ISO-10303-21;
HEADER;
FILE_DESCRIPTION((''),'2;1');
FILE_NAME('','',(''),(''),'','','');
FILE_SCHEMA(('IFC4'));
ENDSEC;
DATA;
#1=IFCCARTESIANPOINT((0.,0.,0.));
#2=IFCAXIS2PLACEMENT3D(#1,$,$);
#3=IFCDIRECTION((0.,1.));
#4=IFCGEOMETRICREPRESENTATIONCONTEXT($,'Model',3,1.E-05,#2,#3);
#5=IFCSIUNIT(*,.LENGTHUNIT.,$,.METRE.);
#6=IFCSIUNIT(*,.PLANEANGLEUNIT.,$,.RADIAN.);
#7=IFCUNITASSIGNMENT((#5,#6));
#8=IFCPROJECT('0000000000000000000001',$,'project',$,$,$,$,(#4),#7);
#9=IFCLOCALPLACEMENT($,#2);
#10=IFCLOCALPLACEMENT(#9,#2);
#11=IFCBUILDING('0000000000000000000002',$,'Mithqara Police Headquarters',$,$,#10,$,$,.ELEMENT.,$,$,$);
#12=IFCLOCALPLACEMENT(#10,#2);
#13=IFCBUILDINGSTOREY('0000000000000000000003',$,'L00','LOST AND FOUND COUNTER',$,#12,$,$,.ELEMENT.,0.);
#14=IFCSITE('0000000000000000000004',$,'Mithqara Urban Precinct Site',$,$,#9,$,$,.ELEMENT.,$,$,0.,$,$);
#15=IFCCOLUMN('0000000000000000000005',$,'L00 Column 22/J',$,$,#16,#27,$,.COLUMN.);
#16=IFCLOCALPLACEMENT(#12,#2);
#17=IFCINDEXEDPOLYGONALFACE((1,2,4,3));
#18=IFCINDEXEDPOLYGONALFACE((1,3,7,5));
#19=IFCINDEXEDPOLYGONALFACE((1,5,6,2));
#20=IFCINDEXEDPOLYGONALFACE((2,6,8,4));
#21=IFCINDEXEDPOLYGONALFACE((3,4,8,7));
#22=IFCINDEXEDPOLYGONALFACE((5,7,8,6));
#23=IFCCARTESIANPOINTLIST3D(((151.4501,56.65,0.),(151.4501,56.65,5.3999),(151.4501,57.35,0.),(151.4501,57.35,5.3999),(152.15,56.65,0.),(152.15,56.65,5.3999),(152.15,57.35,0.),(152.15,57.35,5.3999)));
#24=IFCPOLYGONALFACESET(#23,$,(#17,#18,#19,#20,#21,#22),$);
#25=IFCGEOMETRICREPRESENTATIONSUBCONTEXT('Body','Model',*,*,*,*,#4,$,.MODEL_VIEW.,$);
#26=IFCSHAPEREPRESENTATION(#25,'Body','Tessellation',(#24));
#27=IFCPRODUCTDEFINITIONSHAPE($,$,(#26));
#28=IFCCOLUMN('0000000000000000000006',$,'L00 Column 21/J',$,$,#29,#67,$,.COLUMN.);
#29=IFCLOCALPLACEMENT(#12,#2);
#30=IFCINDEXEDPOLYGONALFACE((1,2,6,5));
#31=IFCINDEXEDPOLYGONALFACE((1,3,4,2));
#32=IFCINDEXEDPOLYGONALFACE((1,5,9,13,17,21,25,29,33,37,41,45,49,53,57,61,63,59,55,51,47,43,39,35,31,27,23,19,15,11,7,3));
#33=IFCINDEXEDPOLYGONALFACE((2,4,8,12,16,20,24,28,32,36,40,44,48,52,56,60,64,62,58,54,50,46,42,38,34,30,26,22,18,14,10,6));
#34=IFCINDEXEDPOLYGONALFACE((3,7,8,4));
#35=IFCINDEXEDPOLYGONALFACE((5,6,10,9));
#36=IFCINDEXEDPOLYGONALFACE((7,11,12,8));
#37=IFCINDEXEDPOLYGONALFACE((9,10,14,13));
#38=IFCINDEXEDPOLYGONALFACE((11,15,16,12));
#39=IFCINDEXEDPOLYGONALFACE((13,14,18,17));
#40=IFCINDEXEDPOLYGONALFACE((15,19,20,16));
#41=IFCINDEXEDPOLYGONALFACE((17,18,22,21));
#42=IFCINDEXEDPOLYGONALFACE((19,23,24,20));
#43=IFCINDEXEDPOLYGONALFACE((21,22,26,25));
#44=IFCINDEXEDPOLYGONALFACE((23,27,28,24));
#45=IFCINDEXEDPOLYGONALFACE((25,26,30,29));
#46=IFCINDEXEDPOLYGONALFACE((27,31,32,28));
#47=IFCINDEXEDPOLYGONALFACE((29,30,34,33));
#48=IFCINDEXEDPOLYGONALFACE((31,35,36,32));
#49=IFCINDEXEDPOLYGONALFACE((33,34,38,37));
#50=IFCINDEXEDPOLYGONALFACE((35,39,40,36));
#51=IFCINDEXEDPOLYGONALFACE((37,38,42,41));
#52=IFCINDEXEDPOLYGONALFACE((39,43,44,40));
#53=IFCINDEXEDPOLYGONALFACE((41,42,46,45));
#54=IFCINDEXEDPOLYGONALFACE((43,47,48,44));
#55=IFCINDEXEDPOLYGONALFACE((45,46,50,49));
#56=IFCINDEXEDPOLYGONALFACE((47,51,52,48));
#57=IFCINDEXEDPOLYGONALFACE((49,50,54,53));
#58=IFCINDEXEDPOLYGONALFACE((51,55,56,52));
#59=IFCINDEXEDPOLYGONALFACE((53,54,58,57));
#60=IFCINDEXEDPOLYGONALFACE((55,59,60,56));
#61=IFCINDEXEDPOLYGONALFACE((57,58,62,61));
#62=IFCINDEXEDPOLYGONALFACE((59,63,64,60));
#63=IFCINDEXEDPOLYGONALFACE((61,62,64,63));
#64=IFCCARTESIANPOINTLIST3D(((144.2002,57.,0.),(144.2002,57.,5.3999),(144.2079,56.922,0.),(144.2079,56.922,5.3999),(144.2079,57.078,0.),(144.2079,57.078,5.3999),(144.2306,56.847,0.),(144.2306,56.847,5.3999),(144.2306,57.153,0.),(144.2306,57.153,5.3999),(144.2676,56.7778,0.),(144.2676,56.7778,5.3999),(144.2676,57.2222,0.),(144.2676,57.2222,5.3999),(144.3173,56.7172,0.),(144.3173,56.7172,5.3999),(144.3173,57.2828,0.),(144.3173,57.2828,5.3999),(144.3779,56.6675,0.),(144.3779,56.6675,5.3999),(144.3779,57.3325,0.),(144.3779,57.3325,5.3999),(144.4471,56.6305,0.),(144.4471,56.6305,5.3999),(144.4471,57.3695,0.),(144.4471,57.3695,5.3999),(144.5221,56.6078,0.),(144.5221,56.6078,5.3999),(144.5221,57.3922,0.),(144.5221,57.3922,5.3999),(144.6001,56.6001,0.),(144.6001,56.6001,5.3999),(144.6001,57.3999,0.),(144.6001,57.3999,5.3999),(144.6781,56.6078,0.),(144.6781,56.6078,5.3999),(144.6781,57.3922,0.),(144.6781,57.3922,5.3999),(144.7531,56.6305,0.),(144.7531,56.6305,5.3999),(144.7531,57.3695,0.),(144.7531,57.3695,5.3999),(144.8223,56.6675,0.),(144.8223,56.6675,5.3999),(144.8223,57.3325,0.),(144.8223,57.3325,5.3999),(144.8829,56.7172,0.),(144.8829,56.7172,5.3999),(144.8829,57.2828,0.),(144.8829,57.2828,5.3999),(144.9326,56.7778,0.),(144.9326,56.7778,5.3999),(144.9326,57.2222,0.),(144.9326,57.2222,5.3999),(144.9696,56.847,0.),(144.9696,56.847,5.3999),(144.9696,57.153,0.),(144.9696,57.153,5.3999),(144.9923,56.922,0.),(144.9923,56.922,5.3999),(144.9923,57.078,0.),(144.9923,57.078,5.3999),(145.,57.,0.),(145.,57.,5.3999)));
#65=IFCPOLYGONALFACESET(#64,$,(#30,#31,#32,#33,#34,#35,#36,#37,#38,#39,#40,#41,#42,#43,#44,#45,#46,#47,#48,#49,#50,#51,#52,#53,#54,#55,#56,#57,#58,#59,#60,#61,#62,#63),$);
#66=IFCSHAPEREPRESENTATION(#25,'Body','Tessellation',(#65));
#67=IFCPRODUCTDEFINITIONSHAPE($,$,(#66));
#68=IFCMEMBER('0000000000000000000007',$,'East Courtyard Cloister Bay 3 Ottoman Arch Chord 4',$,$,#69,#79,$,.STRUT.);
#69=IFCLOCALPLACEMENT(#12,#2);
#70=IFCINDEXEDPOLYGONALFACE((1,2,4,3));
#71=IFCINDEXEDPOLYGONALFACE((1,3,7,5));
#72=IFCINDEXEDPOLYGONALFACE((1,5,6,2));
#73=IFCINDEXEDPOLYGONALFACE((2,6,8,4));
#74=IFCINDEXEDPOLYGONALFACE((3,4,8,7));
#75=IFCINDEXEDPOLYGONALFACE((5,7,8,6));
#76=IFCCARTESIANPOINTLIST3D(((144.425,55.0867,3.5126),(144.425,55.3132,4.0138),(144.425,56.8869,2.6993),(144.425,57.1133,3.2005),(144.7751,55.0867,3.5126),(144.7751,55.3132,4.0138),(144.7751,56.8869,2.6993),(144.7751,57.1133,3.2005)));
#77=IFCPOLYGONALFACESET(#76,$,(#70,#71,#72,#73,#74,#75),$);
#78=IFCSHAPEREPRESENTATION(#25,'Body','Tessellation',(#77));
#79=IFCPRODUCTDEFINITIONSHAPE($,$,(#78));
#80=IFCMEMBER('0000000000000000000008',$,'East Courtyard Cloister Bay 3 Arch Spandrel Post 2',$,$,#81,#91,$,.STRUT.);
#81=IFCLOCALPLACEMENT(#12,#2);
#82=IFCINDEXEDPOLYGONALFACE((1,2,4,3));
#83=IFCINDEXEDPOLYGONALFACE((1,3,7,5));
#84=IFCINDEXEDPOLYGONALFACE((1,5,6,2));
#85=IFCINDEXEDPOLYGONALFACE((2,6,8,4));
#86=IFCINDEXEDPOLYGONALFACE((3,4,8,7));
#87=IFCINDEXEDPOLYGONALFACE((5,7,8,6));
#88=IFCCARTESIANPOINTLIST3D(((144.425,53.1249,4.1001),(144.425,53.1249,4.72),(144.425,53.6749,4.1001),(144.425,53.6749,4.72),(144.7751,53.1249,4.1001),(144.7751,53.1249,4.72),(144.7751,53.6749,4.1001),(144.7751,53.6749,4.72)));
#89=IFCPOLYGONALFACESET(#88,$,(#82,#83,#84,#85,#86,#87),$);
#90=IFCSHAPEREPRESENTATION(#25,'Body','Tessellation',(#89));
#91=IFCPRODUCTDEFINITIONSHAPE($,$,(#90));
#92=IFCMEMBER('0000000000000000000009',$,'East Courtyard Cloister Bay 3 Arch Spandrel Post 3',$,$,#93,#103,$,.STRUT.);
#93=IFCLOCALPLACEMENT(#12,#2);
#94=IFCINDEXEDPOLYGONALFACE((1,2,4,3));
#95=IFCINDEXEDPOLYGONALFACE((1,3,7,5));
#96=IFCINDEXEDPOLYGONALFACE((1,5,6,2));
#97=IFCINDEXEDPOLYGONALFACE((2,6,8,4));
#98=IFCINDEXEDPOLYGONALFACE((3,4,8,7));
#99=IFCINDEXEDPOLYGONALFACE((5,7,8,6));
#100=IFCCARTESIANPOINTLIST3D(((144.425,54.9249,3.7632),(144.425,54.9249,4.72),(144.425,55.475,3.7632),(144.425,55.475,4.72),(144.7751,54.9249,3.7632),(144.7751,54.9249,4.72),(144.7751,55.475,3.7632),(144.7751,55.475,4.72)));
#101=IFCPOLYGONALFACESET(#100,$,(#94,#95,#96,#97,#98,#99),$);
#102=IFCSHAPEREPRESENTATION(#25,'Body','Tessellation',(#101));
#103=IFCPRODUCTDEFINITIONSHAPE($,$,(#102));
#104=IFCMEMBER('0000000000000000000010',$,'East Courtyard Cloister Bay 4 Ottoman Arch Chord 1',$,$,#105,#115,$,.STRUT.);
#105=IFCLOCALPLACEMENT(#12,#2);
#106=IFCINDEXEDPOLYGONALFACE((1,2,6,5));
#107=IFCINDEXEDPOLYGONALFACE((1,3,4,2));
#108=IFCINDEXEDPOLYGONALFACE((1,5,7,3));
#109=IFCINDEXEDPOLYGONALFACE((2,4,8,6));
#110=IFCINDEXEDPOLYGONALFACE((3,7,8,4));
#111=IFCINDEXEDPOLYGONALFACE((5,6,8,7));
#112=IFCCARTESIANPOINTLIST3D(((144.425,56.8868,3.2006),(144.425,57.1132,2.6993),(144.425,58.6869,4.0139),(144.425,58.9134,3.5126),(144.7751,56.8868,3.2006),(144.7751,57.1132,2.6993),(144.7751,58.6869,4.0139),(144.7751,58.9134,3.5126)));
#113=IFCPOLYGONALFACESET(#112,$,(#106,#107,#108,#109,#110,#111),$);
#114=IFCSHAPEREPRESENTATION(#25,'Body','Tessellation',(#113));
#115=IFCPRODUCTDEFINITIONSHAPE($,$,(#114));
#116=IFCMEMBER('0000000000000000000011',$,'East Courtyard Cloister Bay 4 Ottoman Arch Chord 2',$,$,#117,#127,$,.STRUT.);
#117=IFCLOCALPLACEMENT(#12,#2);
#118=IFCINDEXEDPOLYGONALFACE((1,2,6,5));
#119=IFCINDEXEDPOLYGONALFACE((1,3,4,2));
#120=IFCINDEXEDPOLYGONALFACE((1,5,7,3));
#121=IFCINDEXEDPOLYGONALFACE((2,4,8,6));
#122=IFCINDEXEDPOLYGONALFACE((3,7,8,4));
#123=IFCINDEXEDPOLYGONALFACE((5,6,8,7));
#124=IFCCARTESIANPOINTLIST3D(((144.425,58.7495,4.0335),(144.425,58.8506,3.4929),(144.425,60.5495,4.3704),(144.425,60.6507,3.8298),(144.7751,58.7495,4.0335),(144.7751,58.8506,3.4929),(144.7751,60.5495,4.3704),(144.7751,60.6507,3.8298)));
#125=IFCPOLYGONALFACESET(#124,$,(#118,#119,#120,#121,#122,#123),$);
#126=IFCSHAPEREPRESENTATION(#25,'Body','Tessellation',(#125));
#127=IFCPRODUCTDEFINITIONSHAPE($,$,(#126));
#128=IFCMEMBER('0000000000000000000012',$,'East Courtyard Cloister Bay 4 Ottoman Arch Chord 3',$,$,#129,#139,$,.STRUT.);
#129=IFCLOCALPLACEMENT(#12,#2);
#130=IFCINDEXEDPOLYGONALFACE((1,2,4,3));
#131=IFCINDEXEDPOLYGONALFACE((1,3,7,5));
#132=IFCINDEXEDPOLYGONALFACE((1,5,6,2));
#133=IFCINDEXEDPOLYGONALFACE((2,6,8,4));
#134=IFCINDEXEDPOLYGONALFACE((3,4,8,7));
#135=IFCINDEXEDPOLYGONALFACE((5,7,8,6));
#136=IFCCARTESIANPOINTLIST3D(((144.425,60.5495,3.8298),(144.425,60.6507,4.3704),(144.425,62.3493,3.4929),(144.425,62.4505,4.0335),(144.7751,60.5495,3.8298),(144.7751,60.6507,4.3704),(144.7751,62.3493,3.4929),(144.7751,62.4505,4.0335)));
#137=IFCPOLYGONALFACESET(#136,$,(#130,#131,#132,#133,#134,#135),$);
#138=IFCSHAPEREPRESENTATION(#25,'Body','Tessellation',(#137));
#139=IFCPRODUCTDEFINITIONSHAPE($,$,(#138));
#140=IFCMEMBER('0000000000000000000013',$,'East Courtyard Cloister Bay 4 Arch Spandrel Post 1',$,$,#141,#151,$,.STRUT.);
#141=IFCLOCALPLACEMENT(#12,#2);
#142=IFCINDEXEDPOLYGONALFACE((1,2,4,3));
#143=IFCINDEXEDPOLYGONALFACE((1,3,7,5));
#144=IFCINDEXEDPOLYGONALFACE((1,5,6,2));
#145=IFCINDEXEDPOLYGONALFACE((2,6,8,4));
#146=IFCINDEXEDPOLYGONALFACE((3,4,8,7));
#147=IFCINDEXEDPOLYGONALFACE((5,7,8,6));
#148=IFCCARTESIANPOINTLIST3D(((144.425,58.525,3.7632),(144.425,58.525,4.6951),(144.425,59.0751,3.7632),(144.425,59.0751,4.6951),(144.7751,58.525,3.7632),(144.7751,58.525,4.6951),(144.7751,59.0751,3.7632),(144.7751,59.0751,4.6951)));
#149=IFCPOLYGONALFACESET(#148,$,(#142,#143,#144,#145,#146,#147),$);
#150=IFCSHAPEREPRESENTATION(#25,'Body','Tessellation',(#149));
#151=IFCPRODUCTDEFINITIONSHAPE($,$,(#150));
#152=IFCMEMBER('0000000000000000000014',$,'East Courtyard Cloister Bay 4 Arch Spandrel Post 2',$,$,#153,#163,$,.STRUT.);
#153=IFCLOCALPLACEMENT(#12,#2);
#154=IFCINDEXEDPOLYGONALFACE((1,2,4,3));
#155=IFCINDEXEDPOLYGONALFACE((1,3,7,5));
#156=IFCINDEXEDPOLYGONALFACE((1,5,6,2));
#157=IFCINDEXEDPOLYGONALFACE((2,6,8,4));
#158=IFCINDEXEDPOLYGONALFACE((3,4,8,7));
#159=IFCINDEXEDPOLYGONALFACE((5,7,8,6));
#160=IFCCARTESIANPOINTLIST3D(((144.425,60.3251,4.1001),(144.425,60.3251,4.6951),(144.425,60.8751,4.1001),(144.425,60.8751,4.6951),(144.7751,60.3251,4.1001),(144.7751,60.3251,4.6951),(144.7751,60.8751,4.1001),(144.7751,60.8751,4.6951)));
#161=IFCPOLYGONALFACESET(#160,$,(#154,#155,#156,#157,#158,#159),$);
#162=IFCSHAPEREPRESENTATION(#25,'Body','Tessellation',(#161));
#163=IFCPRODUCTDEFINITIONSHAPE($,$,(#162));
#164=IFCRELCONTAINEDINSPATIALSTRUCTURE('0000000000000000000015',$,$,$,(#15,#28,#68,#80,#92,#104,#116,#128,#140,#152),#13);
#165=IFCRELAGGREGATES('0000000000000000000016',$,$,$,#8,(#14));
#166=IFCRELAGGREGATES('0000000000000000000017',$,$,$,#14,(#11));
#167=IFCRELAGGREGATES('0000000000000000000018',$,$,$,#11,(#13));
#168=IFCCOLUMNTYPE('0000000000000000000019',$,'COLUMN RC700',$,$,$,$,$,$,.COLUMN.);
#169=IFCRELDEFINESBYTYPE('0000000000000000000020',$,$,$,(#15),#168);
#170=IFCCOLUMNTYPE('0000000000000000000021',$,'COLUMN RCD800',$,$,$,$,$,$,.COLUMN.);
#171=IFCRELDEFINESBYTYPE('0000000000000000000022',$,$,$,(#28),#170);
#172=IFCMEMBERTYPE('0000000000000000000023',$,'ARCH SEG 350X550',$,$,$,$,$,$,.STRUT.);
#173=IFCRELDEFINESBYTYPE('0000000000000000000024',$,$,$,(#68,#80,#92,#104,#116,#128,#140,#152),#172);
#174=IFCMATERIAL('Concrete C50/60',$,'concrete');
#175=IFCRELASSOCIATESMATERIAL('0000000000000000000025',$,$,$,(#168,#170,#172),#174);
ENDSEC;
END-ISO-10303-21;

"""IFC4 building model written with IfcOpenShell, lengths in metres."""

from ifc_helpers import new_model, si_unit, direction, frame, origin, origin_2d, place, context, subcontext, project, spatial, rectangle, circle, extrude, material, material_profile, profile_set, type_object, element, save


model = new_model("IFC4")

# Units and contexts
model_context = context("Model", 3, precision=1e-05, world=origin(), true_north=direction((0.0, 1.0)))
body_context = subcontext(model_context, "Body", "Model", "MODEL_VIEW")
ifc_project = project(units=[si_unit("LENGTHUNIT", "METRE"), si_unit("PLANEANGLEUNIT", "RADIAN")], contexts=[model_context])

# Site, building, storey
site_placement = place(None, origin())
site = spatial("IfcSite", under=ifc_project, at=site_placement, Name="Mithqara Urban Precinct Site", CompositionType="ELEMENT", RefElevation=0.0)
building_placement = place(site_placement, origin())
building = spatial("IfcBuilding", under=site, at=building_placement, Name="Mithqara Police Headquarters", CompositionType="ELEMENT")
storey_placement = place(building_placement, origin())
storey = spatial("IfcBuildingStorey", under=building, at=storey_placement, Name="L00", Description="LOST AND FOUND COUNTER", CompositionType="ELEMENT", Elevation=0.0)

# Columns
ifc_material_1 = material(Name="Concrete C50/60", Category="concrete")
ifc_material_profile_1 = material_profile(ifc_material_1, rectangle(XDim=0.7, YDim=0.7, at=origin_2d()), Name="RC 700x700")
ifc_profile_set_1 = profile_set([ifc_material_profile_1], Name="Concrete C50/60")
column_type_1 = type_object("IfcColumnType", Name="COLUMN RC700", PredefinedType="COLUMN", material=ifc_profile_set_1)
column_1_placement = place(storey_placement, frame((151.8, 57.0, 0.0), z_axis=(0.0, 0.0, 1.0), x_axis=(1.0, 0.0, 0.0)))
element("IfcColumn", 1, at=column_1_placement, inside=storey, type_object=column_type_1, Name="L00 Column 22/J", PredefinedType="COLUMN", context=body_context, shape_type="SweptSolid", body=[
    extrude(rectangle(XDim=0.7, YDim=0.7, at=origin_2d()), origin(), (0.0, 0.0, 1.0), 5.3999),
])
ifc_material_profile_2 = material_profile(ifc_material_1, circle(Radius=0.3999, at=origin_2d()), Name="RCD 800")
ifc_profile_set_2 = profile_set([ifc_material_profile_2], Name="Concrete C50/60")
column_type_2 = type_object("IfcColumnType", Name="COLUMN RCD800", PredefinedType="COLUMN", material=ifc_profile_set_2)
column_2_placement = place(storey_placement, frame((144.6001, 57.0, 0.0), z_axis=(0.0, 0.0, 1.0), x_axis=(1.0, 0.0, 0.0)))
element("IfcColumn", 2, at=column_2_placement, inside=storey, type_object=column_type_2, Name="L00 Column 21/J", PredefinedType="COLUMN", context=body_context, shape_type="SweptSolid", body=[
    extrude(circle(Radius=0.3999, at=origin_2d()), origin(), (0.0, 0.0, 1.0), 5.3999),
])

# Members
ifc_material_profile_3 = material_profile(ifc_material_1, rectangle(XDim=0.3501, YDim=0.55, at=origin_2d()), Name="ARC 350x550")
ifc_profile_set_3 = profile_set([ifc_material_profile_3], Name="Concrete C50/60")
member_type_1 = type_object("IfcMemberType", Name="ARCH SEG 350X550", PredefinedType="STRUT", material=ifc_profile_set_3)
member_1_placement = place(storey_placement, frame((144.6001, 55.2, 3.7632), z_axis=(0.0, 0.911312, -0.411716), x_axis=(-1.0, 0.0, 0.0)))
element("IfcMember", 3, at=member_1_placement, inside=storey, type_object=member_type_1, Name="East Courtyard Cloister Bay 3 Ottoman Arch Chord 4", PredefinedType="STRUT", context=body_context, shape_type="SweptSolid", body=[
    extrude(rectangle(XDim=0.3501, YDim=0.55, at=origin_2d()), origin(), (0.0, 0.0, 1.0), 1.9753),
])
member_2_placement = place(storey_placement, frame((144.6001, 53.3999, 4.1001), z_axis=(0.0, 0.0, 1.0), x_axis=(1.0, 0.0, 0.0)))
element("IfcMember", 4, at=member_2_placement, inside=storey, type_object=member_type_1, Name="East Courtyard Cloister Bay 3 Arch Spandrel Post 2", PredefinedType="STRUT", context=body_context, shape_type="SweptSolid", body=[
    extrude(rectangle(XDim=0.3501, YDim=0.55, at=origin_2d()), origin(), (0.0, 0.0, 1.0), 0.6199),
])
member_3_placement = place(storey_placement, frame((144.6001, 55.2, 3.7632), z_axis=(0.0, 0.0, 1.0), x_axis=(1.0, 0.0, 0.0)))
element("IfcMember", 5, at=member_3_placement, inside=storey, type_object=member_type_1, Name="East Courtyard Cloister Bay 3 Arch Spandrel Post 3", PredefinedType="STRUT", context=body_context, shape_type="SweptSolid", body=[
    extrude(rectangle(XDim=0.3501, YDim=0.55, at=origin_2d()), origin(), (0.0, 0.0, 1.0), 0.9568),
])
member_4_placement = place(storey_placement, frame((144.6001, 57.0, 2.95), z_axis=(0.0, 0.911312, 0.411716), x_axis=(-1.0, 0.0, 0.0)))
element("IfcMember", 6, at=member_4_placement, inside=storey, type_object=member_type_1, Name="East Courtyard Cloister Bay 4 Ottoman Arch Chord 1", PredefinedType="STRUT", context=body_context, shape_type="SweptSolid", body=[
    extrude(rectangle(XDim=0.3501, YDim=0.55, at=origin_2d()), origin(), (0.0, 0.0, 1.0), 1.9753),
])
member_5_placement = place(storey_placement, frame((144.6001, 58.8, 3.7632), z_axis=(0.0, 0.982931, 0.183975), x_axis=(-1.0, 0.0, 0.0)))
element("IfcMember", 7, at=member_5_placement, inside=storey, type_object=member_type_1, Name="East Courtyard Cloister Bay 4 Ottoman Arch Chord 2", PredefinedType="STRUT", context=body_context, shape_type="SweptSolid", body=[
    extrude(rectangle(XDim=0.3501, YDim=0.55, at=origin_2d()), origin(), (0.0, 0.0, 1.0), 1.8313),
])
member_6_placement = place(storey_placement, frame((144.6001, 60.6001, 4.1001), z_axis=(0.0, 0.982926, -0.183999), x_axis=(-1.0, 0.0, 0.0)))
element("IfcMember", 8, at=member_6_placement, inside=storey, type_object=member_type_1, Name="East Courtyard Cloister Bay 4 Ottoman Arch Chord 3", PredefinedType="STRUT", context=body_context, shape_type="SweptSolid", body=[
    extrude(rectangle(XDim=0.3501, YDim=0.55, at=origin_2d()), origin(), (0.0, 0.0, 1.0), 1.8311),
])
member_7_placement = place(storey_placement, frame((144.6001, 58.8, 3.7632), z_axis=(0.0, 0.0, 1.0), x_axis=(1.0, 0.0, 0.0)))
element("IfcMember", 9, at=member_7_placement, inside=storey, type_object=member_type_1, Name="East Courtyard Cloister Bay 4 Arch Spandrel Post 1", PredefinedType="STRUT", context=body_context, shape_type="SweptSolid", body=[
    extrude(rectangle(XDim=0.3501, YDim=0.55, at=origin_2d()), origin(), (0.0, 0.0, 1.0), 0.9319),
])
member_8_placement = place(storey_placement, frame((144.6001, 60.6001, 4.1001), z_axis=(0.0, 0.0, 1.0), x_axis=(1.0, 0.0, 0.0)))
element("IfcMember", 10, at=member_8_placement, inside=storey, type_object=member_type_1, Name="East Courtyard Cloister Bay 4 Arch Spandrel Post 2", PredefinedType="STRUT", context=body_context, shape_type="SweptSolid", body=[
    extrude(rectangle(XDim=0.3501, YDim=0.55, at=origin_2d()), origin(), (0.0, 0.0, 1.0), 0.595),
])

save(model, "model.ifc")
